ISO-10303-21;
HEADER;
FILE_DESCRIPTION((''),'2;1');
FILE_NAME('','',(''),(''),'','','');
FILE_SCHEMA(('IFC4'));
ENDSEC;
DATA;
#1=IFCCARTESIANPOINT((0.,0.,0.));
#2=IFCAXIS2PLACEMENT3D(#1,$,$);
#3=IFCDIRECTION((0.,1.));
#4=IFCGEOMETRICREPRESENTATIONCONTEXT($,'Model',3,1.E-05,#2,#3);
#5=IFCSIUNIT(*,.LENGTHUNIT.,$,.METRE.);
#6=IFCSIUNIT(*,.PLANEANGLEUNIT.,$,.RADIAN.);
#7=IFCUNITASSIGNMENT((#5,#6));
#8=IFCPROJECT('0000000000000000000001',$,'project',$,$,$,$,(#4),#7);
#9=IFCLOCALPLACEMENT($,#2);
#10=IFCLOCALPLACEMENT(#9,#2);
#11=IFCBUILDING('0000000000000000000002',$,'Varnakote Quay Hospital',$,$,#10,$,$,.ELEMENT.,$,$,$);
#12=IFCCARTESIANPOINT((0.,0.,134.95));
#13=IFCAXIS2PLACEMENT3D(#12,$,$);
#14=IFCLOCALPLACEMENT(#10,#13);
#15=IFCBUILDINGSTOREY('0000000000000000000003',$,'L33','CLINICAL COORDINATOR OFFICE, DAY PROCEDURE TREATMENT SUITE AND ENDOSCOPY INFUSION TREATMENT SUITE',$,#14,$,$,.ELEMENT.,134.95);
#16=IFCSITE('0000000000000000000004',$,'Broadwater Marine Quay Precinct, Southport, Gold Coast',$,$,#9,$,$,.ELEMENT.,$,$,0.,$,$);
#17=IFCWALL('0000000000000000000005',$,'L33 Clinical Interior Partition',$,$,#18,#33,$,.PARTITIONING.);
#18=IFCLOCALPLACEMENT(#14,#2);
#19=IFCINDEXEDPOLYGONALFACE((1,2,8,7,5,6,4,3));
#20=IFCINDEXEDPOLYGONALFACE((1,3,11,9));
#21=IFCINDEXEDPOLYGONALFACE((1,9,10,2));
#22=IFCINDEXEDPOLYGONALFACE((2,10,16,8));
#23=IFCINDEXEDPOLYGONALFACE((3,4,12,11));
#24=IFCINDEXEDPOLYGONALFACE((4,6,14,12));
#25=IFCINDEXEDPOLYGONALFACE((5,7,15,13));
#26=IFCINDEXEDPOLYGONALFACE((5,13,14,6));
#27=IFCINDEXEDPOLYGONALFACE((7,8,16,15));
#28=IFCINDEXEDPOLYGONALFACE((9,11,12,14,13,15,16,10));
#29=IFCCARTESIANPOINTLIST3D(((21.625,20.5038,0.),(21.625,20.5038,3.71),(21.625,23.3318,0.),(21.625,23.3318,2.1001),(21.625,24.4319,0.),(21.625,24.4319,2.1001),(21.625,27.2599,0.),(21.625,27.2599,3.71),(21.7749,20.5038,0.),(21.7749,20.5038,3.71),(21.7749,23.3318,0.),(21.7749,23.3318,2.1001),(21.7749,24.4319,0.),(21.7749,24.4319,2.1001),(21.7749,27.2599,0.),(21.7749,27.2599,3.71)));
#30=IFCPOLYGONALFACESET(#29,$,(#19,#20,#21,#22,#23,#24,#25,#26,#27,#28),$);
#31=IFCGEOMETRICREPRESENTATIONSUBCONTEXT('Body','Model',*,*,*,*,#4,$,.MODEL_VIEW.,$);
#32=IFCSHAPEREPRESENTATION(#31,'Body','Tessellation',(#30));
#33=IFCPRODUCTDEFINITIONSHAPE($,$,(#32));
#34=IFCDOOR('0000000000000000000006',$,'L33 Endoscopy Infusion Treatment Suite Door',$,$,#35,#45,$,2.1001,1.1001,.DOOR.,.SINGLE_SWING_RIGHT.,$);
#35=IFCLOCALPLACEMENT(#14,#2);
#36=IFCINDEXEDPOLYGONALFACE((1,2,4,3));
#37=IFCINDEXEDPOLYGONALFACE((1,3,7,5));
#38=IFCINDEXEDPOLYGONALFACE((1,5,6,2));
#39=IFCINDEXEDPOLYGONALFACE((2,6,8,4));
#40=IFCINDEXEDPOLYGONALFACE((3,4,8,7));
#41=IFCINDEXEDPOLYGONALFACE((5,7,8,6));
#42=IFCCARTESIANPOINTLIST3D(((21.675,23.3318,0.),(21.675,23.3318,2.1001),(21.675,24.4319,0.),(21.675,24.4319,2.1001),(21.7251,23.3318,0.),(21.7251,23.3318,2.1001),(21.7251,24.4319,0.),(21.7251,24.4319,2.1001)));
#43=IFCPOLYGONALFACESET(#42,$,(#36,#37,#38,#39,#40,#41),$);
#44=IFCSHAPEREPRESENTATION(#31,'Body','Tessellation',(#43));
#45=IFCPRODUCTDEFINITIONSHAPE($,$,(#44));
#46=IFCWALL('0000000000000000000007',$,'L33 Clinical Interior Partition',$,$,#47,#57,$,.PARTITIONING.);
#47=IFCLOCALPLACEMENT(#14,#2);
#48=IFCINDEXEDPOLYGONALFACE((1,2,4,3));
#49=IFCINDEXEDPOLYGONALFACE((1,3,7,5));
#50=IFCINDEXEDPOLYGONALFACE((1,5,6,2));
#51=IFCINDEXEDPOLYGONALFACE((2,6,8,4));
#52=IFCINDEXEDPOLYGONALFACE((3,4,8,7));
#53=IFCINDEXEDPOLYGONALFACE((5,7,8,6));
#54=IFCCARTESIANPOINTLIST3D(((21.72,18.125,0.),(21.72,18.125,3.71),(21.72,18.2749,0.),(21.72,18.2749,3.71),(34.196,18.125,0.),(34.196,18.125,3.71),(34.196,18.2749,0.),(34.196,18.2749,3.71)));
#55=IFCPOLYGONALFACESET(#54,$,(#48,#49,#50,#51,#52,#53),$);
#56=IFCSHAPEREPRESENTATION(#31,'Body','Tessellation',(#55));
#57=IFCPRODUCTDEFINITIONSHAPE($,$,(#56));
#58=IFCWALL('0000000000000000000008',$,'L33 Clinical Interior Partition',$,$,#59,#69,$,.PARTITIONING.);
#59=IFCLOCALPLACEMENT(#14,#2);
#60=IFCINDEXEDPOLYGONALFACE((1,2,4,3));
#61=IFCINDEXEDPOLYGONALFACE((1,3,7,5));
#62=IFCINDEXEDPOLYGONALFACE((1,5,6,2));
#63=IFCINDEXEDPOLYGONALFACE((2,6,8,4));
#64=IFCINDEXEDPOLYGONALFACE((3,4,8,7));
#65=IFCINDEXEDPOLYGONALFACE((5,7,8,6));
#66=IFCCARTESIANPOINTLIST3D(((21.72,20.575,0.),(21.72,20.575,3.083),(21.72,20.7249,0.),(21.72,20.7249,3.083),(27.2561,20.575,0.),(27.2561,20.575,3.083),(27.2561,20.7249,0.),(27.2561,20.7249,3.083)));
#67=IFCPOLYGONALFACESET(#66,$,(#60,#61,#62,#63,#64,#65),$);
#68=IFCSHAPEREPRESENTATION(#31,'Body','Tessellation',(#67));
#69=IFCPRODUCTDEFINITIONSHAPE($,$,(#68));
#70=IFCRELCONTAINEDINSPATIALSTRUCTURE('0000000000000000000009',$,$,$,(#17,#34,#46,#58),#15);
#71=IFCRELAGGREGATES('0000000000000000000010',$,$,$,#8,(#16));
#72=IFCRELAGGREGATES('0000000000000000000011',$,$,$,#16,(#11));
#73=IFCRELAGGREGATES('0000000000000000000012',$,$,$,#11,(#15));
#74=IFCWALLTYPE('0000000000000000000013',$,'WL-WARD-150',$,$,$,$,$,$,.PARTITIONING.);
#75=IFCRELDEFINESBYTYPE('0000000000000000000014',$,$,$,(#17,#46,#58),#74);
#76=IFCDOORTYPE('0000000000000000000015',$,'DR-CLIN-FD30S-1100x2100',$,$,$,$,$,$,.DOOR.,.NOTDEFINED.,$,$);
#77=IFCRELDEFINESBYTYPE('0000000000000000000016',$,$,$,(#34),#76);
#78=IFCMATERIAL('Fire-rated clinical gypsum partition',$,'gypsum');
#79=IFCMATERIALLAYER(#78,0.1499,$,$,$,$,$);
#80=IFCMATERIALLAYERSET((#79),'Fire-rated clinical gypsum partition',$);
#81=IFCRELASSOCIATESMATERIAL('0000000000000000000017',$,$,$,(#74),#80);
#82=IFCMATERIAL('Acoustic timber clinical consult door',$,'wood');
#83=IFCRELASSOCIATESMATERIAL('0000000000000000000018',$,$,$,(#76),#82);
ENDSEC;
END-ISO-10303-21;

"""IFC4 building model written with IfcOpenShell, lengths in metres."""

from ifc_helpers import new_model, si_unit, direction, frame, frame_2d, origin, place, context, subcontext, project, spatial, rectangle, extrude, material, layer, layer_set, type_object, element, fill, save


model = new_model("IFC4")

# Units and contexts
model_context = context("Model", 3, precision=1e-05, world=origin(), true_north=direction((0.0, 1.0)))
body_context = subcontext(model_context, "Body", "Model", "MODEL_VIEW")
ifc_project = project(units=[si_unit("LENGTHUNIT", "METRE"), si_unit("PLANEANGLEUNIT", "RADIAN")], contexts=[model_context])

# Site, building, storey
site_placement = place(None, origin())
site = spatial("IfcSite", under=ifc_project, at=site_placement, Name="Broadwater Marine Quay Precinct, Southport, Gold Coast", CompositionType="ELEMENT", RefElevation=0.0)
building_placement = place(site_placement, origin())
building = spatial("IfcBuilding", under=site, at=building_placement, Name="Varnakote Quay Hospital", CompositionType="ELEMENT")
storey_placement = place(building_placement, frame((0.0, 0.0, 134.95)))
storey = spatial("IfcBuildingStorey", under=building, at=storey_placement, Name="L33", Description="CLINICAL COORDINATOR OFFICE, DAY PROCEDURE TREATMENT SUITE AND ENDOSCOPY INFUSION TREATMENT SUITE", CompositionType="ELEMENT", Elevation=134.95)

# Shared definitions
ifc_material_1 = material(Name="Fire-rated clinical gypsum partition", Category="gypsum")
ifc_layer_1 = layer(ifc_material_1, 0.1499)
ifc_layer_set_1 = layer_set([ifc_layer_1], Name="Fire-rated clinical gypsum partition")
wall_type_1 = type_object("IfcWallType", Name="WL-WARD-150", PredefinedType="PARTITIONING", material=ifc_layer_set_1)
ifc_material_2 = material(Name="Acoustic timber clinical consult door", Category="wood")
door_type_1 = type_object("IfcDoorType", Name="DR-CLIN-FD30S-1100x2100", OperationType="NOTDEFINED", PredefinedType="DOOR", material=ifc_material_2)

# Wall, opening, door
wall_1_placement = place(storey_placement, frame((21.7, 20.5039, 0.0), z_axis=(0.0, 0.0, 1.0), x_axis=(0.0, 1.0, 0.0)))
wall_1 = element("IfcWall", 1, at=wall_1_placement, inside=storey, type_object=wall_type_1, Name="L33 Clinical Interior Partition", PredefinedType="PARTITIONING", context=body_context, shape_type="SweptSolid", body=[
    extrude(rectangle(XDim=6.7561, YDim=0.1499, at=frame_2d((3.3779, 0.0))), origin(), (0.0, 0.0, 1.0), 3.71),
])
opening_1_placement = place(wall_1_placement, frame((2.8279, 0.0, 0.0)))
opening_1 = element("IfcOpeningElement", 2, at=opening_1_placement, cuts=wall_1, PredefinedType="OPENING", context=body_context, shape_type="SweptSolid", body=[
    extrude(rectangle(XDim=1.1001, YDim=2.1001, at=frame_2d((0.55, 1.05))), frame((0.0, 0.085, 0.0), z_axis=(0.0, -1.0, 0.0), x_axis=(1.0, 0.0, 0.0)), (0.0, 0.0, 1.0), 0.1699),
])
door_1_placement = place(opening_1_placement, origin())
door_1 = element("IfcDoor", 3, at=door_1_placement, inside=storey, type_object=door_type_1, Name="L33 Endoscopy Infusion Treatment Suite Door", OperationType="SINGLE_SWING_RIGHT", OverallHeight=2.1001, OverallWidth=1.1001, PredefinedType="DOOR", context=body_context, shape_type="SweptSolid", body=[
    extrude(rectangle(XDim=1.1001, YDim=2.1001, at=frame_2d((0.55, 1.05))), frame((0.0, 0.0249, 0.0), z_axis=(0.0, -1.0, 0.0), x_axis=(1.0, 0.0, 0.0)), (0.0, 0.0, 1.0), 0.05),
])
fill(opening_1, door_1)

# Walls
wall_2_placement = place(storey_placement, frame((21.72, 18.2, 0.0), z_axis=(0.0, 0.0, 1.0), x_axis=(1.0, 0.0, 0.0)))
element("IfcWall", 4, at=wall_2_placement, inside=storey, type_object=wall_type_1, Name="L33 Clinical Interior Partition", PredefinedType="PARTITIONING", context=body_context, shape_type="SweptSolid", body=[
    extrude(rectangle(XDim=12.4761, YDim=0.1499, at=frame_2d((6.238, 0.0))), origin(), (0.0, 0.0, 1.0), 3.71),
])
wall_3_placement = place(storey_placement, frame((27.2561, 20.6499, 0.0), z_axis=(0.0, 0.0, 1.0), x_axis=(-1.0, 0.0, 0.0)))
element("IfcWall", 5, at=wall_3_placement, inside=storey, type_object=wall_type_1, Name="L33 Clinical Interior Partition", PredefinedType="PARTITIONING", context=body_context, shape_type="SweptSolid", body=[
    extrude(rectangle(XDim=5.5361, YDim=0.1499, at=frame_2d((2.7681, 0.0))), origin(), (0.0, 0.0, 1.0), 3.083),
])

save(model, "model.ifc")
